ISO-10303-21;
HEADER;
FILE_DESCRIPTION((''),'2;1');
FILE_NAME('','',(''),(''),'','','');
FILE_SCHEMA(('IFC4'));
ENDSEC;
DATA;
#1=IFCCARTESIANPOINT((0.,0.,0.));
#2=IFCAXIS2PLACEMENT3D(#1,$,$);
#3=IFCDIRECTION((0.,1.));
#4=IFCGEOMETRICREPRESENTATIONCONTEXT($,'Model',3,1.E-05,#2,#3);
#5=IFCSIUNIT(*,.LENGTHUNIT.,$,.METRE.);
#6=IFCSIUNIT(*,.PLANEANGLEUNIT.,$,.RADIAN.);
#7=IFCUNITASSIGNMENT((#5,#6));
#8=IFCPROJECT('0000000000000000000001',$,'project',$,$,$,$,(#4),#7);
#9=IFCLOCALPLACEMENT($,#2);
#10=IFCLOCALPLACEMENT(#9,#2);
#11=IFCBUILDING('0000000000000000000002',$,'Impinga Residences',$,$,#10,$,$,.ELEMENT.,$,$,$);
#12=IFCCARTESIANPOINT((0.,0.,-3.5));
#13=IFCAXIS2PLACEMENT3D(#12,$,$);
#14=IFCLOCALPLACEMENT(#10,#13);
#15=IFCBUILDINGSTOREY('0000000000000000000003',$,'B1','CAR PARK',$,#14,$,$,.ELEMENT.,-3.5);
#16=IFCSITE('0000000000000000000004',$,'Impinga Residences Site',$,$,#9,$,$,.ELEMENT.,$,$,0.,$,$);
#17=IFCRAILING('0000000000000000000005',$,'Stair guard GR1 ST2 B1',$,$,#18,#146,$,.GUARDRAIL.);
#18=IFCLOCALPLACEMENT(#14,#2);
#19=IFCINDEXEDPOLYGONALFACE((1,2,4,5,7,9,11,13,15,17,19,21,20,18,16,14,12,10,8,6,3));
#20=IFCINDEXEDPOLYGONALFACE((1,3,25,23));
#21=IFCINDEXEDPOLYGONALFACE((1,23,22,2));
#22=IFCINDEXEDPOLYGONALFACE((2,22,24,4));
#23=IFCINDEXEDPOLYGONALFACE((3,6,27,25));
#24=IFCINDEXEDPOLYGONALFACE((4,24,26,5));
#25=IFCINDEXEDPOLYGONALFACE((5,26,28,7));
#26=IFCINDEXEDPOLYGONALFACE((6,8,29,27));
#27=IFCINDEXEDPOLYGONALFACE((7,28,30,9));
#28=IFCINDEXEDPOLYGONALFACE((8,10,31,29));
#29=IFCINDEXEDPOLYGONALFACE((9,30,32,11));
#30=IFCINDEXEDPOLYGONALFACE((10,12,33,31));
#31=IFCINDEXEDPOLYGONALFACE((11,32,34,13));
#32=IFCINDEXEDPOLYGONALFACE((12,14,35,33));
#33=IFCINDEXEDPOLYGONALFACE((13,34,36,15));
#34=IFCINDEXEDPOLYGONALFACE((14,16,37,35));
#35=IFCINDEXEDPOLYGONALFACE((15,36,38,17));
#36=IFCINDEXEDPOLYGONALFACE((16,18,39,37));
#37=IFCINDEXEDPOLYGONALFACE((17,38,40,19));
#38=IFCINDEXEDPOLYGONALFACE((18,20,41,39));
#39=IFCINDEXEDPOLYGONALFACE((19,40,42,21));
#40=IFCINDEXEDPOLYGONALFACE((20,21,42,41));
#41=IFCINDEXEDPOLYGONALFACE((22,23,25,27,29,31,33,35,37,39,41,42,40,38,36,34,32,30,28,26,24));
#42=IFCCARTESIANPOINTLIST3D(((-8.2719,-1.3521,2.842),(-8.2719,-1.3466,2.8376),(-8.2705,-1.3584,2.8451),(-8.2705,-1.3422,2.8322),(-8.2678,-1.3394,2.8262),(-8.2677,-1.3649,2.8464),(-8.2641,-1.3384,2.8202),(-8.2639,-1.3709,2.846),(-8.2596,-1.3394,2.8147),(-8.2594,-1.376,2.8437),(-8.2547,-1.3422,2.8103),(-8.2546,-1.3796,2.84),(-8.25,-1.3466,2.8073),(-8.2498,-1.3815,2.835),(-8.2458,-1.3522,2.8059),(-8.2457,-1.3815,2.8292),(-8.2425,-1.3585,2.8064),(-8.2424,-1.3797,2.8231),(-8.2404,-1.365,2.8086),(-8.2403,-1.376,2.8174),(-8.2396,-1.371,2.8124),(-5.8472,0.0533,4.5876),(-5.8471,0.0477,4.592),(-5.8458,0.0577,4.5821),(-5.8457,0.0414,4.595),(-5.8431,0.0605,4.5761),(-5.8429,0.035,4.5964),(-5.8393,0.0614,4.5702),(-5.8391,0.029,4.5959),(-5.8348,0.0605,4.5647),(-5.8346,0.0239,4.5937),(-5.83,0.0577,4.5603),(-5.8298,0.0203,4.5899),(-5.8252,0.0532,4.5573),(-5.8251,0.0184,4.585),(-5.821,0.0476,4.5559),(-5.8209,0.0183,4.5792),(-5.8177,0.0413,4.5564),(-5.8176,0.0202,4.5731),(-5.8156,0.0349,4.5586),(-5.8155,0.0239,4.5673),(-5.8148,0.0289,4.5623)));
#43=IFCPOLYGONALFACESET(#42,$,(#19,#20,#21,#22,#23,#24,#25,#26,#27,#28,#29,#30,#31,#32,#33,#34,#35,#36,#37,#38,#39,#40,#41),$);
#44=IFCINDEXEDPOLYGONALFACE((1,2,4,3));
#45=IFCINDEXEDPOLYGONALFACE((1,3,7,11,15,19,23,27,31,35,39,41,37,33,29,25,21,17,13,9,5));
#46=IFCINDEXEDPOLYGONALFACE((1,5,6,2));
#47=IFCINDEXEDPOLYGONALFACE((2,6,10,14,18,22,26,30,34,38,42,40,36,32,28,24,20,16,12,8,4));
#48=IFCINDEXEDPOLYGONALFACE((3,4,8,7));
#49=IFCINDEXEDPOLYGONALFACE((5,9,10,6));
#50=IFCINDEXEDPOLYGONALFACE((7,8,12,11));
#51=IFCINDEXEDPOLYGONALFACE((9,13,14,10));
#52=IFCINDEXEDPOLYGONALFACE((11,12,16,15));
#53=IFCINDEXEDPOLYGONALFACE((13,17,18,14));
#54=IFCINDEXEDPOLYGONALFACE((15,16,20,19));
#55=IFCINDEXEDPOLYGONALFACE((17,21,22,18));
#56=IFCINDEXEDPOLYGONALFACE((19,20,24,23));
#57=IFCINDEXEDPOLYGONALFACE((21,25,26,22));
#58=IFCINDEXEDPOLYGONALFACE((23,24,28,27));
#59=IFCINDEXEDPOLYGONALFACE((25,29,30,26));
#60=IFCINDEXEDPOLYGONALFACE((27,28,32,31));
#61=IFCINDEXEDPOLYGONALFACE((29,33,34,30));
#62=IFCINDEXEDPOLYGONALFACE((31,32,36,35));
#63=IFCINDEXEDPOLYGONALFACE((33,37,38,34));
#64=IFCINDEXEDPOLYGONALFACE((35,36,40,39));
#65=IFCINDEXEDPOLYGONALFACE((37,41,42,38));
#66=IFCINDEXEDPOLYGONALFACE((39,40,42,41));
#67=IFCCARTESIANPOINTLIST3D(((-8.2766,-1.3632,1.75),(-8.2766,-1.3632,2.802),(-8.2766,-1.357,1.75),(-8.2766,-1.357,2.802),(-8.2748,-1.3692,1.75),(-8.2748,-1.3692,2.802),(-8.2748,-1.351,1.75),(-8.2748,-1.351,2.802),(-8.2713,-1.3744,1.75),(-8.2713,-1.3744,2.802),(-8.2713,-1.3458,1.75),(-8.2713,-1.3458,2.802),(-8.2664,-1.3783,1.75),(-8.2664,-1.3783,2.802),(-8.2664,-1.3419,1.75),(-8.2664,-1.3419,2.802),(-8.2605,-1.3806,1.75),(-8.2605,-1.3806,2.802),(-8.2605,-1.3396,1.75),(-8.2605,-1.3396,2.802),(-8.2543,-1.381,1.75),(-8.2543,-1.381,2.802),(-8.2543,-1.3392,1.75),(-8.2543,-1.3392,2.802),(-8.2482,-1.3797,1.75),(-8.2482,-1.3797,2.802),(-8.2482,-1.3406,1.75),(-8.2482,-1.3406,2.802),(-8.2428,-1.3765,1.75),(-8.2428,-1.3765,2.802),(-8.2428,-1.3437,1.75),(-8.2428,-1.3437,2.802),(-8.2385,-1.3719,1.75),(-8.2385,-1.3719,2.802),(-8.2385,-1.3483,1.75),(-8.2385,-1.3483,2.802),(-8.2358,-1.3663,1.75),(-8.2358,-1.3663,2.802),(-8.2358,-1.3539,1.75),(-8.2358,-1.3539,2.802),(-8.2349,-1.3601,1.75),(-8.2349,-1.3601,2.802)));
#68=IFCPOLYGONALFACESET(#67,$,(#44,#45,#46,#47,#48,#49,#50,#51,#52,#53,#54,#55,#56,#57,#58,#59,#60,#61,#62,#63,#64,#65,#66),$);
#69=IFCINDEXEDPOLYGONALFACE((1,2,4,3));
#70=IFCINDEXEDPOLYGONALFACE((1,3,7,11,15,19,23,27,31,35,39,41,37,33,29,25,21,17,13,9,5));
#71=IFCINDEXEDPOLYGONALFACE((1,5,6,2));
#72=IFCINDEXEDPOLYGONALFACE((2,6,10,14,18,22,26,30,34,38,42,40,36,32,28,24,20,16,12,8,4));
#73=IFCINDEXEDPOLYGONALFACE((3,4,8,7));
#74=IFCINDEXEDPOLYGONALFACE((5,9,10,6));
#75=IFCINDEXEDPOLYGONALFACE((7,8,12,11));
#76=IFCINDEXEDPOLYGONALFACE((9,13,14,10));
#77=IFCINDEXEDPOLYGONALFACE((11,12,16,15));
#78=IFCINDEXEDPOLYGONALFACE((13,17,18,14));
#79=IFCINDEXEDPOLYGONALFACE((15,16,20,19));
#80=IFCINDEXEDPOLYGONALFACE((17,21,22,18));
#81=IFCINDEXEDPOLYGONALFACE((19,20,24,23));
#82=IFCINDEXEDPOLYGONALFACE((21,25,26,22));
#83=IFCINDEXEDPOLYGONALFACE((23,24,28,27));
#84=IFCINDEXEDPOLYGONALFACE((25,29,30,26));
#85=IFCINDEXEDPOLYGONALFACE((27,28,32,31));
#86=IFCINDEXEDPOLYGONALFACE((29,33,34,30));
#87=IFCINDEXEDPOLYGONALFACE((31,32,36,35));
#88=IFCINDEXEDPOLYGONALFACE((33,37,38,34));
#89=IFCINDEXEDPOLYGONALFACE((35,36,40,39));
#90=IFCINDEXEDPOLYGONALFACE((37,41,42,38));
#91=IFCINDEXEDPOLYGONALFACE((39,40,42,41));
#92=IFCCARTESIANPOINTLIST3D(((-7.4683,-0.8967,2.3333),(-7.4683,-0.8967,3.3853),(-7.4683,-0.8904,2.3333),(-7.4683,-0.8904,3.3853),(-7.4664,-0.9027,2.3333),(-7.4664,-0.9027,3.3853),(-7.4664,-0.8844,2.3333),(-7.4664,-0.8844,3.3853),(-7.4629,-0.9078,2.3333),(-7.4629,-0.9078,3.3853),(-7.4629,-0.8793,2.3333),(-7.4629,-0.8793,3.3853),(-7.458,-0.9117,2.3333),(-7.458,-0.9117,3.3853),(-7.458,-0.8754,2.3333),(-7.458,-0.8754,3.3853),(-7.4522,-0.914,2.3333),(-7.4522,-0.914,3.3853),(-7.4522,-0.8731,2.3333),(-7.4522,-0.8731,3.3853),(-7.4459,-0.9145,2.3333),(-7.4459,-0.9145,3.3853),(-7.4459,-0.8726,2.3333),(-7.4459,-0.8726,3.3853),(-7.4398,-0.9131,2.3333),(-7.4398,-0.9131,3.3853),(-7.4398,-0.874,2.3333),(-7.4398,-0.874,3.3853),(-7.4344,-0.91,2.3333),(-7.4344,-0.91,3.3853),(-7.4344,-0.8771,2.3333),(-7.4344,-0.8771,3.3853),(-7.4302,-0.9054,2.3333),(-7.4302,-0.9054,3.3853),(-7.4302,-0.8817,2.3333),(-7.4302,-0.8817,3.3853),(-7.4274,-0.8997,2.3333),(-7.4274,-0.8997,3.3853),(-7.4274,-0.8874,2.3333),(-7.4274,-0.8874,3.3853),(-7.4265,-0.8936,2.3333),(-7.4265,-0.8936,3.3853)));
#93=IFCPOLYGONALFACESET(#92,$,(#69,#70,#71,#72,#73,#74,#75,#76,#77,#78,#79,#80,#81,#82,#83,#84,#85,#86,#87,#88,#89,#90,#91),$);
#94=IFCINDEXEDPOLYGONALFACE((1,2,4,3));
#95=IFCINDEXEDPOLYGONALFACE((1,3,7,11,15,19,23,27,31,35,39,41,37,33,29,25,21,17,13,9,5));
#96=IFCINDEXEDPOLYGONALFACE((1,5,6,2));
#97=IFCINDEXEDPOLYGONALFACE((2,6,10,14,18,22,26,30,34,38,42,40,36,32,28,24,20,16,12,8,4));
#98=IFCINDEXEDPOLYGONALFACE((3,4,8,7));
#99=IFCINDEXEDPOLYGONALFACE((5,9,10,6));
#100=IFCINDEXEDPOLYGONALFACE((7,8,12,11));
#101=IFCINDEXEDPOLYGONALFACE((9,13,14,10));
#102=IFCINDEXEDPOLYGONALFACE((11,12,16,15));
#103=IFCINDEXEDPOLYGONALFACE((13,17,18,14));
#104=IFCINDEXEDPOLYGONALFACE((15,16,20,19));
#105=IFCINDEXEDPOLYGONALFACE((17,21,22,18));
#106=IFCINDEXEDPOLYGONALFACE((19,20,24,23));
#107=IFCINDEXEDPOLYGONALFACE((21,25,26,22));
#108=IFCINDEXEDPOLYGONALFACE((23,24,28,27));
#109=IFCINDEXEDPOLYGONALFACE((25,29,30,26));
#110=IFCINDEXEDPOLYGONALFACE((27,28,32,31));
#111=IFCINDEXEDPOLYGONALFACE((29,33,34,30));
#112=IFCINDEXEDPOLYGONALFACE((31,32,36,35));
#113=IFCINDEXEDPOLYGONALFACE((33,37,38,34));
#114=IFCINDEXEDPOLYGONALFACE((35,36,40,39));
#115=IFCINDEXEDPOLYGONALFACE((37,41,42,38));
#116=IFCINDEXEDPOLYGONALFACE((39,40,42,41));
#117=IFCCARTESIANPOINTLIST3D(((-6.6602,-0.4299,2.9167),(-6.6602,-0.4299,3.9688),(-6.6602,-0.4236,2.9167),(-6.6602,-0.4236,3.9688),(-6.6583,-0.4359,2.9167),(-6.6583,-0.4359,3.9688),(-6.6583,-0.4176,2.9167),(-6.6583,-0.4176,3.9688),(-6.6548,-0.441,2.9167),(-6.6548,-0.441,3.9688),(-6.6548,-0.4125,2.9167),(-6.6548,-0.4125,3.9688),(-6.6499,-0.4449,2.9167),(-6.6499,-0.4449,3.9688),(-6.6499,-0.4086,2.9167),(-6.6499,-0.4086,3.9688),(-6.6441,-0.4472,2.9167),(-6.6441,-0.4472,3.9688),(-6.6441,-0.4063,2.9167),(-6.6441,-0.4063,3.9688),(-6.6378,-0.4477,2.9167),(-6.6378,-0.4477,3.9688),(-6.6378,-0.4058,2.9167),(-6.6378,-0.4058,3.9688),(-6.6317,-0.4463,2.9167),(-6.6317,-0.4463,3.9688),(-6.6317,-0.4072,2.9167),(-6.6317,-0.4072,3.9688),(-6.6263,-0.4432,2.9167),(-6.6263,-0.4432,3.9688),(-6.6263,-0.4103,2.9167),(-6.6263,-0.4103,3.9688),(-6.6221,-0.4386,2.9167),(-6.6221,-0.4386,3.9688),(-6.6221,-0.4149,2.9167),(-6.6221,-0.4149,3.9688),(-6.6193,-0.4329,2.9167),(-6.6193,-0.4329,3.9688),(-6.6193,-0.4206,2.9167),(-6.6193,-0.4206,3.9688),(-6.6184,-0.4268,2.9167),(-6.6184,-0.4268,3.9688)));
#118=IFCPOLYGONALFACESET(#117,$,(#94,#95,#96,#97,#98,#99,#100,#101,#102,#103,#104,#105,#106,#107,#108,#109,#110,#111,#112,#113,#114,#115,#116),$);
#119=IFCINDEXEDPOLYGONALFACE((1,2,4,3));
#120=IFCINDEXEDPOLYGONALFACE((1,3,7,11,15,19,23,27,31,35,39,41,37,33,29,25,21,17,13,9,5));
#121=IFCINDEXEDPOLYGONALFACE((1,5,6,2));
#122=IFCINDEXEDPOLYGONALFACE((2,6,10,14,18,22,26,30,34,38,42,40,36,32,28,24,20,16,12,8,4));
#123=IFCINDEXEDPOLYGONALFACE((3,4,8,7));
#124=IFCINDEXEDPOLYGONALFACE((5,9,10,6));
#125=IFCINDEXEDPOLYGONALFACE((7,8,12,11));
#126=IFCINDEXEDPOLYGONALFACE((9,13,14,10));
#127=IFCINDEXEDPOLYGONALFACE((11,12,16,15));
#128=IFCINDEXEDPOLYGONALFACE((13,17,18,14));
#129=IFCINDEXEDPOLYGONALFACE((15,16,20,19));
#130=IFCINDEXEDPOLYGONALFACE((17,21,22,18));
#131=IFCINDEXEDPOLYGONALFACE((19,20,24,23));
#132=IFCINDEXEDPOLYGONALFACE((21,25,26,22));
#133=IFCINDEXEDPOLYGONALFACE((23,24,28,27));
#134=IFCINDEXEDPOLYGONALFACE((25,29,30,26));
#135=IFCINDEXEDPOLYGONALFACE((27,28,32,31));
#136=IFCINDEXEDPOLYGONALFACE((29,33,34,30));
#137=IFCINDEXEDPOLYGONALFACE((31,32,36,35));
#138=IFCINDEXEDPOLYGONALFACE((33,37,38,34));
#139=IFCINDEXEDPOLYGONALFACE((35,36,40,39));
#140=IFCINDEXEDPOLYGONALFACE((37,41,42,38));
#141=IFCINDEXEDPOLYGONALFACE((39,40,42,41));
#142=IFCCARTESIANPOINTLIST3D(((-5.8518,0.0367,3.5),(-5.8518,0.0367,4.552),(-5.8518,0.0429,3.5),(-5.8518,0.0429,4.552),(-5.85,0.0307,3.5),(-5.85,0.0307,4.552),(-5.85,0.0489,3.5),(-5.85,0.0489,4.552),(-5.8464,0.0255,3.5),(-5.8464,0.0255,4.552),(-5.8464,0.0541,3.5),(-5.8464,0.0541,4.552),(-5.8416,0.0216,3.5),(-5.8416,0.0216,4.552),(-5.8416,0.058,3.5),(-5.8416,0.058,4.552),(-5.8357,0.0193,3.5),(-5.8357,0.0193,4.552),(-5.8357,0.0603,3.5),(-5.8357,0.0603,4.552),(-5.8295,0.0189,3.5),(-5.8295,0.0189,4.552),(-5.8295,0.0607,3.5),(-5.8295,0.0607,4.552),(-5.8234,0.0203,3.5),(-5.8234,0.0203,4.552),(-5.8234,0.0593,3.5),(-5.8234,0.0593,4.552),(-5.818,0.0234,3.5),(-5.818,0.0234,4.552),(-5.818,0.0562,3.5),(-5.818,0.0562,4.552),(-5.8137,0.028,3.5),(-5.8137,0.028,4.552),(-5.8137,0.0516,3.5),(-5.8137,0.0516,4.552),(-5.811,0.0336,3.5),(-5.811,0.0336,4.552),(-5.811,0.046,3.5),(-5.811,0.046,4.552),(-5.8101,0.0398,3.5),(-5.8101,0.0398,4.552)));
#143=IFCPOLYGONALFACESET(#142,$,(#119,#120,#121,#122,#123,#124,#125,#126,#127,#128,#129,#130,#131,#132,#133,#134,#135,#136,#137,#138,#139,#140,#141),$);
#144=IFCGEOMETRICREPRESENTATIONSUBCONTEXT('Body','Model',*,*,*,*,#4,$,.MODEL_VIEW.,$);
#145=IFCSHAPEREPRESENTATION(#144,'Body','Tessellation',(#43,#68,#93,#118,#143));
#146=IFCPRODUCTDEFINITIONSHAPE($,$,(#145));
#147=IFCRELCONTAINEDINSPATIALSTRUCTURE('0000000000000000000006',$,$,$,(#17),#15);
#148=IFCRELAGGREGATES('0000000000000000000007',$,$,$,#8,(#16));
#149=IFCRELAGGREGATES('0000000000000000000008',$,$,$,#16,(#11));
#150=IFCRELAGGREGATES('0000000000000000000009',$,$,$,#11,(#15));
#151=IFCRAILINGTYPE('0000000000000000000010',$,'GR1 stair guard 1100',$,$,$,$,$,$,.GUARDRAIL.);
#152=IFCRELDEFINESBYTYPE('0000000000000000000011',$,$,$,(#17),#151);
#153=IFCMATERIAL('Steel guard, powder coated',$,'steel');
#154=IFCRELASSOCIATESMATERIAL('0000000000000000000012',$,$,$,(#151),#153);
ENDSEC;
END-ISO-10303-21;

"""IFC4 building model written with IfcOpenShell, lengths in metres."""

from ifc_helpers import new_model, si_unit, direction, frame, origin, origin_2d, place, context, subcontext, project, spatial, circle, extrude, material, type_object, element, save


model = new_model("IFC4")

# Units and contexts
model_context = context("Model", 3, precision=1e-05, world=origin(), true_north=direction((0.0, 1.0)))
body_context = subcontext(model_context, "Body", "Model", "MODEL_VIEW")
ifc_project = project(units=[si_unit("LENGTHUNIT", "METRE"), si_unit("PLANEANGLEUNIT", "RADIAN")], contexts=[model_context])

# Site, building, storey
site_placement = place(None, origin())
site = spatial("IfcSite", under=ifc_project, at=site_placement, Name="Impinga Residences Site", CompositionType="ELEMENT", RefElevation=0.0)
building_placement = place(site_placement, origin())
building = spatial("IfcBuilding", under=site, at=building_placement, Name="Impinga Residences", CompositionType="ELEMENT")
storey_placement = place(building_placement, frame((0.0, 0.0, -3.5)))
storey = spatial("IfcBuildingStorey", under=building, at=storey_placement, Name="B1", Description="CAR PARK", CompositionType="ELEMENT", Elevation=-3.5)

# Railing
ifc_material_1 = material(Name="Steel guard, powder coated", Category="steel")
railing_type_1 = type_object("IfcRailingType", Name="GR1 stair guard 1100", PredefinedType="GUARDRAIL", material=ifc_material_1)
railing_1_placement = place(storey_placement, frame((-8.2559, -1.3601, 1.75)))
element("IfcRailing", 1, at=railing_1_placement, inside=storey, type_object=railing_type_1, Name="Stair guard GR1 ST2 B1", PredefinedType="GUARDRAIL", context=body_context, shape_type="SweptSolid", body=[
    extrude(circle(Radius=0.0239, at=origin_2d()), frame((0.0, 0.0, 1.0762), z_axis=(0.734388, 0.423981, 0.530013), x_axis=(-0.499984, 0.866035, 0.0)), (0.0, 0.0, 1.0), 3.3018),
    extrude(circle(Radius=0.021, at=origin_2d()), origin(), (0.0, 0.0, 1.0), 1.052),
    extrude(circle(Radius=0.021, at=origin_2d()), frame((0.8083, 0.4666, 0.5833)), (0.0, 0.0, 1.0), 1.052),
    extrude(circle(Radius=0.021, at=origin_2d()), frame((1.6165, 0.9333, 1.1667)), (0.0, 0.0, 1.0), 1.052),
    extrude(circle(Radius=0.021, at=origin_2d()), frame((2.4248, 1.3999, 1.75)), (0.0, 0.0, 1.0), 1.052),
])

save(model, "model.ifc")
